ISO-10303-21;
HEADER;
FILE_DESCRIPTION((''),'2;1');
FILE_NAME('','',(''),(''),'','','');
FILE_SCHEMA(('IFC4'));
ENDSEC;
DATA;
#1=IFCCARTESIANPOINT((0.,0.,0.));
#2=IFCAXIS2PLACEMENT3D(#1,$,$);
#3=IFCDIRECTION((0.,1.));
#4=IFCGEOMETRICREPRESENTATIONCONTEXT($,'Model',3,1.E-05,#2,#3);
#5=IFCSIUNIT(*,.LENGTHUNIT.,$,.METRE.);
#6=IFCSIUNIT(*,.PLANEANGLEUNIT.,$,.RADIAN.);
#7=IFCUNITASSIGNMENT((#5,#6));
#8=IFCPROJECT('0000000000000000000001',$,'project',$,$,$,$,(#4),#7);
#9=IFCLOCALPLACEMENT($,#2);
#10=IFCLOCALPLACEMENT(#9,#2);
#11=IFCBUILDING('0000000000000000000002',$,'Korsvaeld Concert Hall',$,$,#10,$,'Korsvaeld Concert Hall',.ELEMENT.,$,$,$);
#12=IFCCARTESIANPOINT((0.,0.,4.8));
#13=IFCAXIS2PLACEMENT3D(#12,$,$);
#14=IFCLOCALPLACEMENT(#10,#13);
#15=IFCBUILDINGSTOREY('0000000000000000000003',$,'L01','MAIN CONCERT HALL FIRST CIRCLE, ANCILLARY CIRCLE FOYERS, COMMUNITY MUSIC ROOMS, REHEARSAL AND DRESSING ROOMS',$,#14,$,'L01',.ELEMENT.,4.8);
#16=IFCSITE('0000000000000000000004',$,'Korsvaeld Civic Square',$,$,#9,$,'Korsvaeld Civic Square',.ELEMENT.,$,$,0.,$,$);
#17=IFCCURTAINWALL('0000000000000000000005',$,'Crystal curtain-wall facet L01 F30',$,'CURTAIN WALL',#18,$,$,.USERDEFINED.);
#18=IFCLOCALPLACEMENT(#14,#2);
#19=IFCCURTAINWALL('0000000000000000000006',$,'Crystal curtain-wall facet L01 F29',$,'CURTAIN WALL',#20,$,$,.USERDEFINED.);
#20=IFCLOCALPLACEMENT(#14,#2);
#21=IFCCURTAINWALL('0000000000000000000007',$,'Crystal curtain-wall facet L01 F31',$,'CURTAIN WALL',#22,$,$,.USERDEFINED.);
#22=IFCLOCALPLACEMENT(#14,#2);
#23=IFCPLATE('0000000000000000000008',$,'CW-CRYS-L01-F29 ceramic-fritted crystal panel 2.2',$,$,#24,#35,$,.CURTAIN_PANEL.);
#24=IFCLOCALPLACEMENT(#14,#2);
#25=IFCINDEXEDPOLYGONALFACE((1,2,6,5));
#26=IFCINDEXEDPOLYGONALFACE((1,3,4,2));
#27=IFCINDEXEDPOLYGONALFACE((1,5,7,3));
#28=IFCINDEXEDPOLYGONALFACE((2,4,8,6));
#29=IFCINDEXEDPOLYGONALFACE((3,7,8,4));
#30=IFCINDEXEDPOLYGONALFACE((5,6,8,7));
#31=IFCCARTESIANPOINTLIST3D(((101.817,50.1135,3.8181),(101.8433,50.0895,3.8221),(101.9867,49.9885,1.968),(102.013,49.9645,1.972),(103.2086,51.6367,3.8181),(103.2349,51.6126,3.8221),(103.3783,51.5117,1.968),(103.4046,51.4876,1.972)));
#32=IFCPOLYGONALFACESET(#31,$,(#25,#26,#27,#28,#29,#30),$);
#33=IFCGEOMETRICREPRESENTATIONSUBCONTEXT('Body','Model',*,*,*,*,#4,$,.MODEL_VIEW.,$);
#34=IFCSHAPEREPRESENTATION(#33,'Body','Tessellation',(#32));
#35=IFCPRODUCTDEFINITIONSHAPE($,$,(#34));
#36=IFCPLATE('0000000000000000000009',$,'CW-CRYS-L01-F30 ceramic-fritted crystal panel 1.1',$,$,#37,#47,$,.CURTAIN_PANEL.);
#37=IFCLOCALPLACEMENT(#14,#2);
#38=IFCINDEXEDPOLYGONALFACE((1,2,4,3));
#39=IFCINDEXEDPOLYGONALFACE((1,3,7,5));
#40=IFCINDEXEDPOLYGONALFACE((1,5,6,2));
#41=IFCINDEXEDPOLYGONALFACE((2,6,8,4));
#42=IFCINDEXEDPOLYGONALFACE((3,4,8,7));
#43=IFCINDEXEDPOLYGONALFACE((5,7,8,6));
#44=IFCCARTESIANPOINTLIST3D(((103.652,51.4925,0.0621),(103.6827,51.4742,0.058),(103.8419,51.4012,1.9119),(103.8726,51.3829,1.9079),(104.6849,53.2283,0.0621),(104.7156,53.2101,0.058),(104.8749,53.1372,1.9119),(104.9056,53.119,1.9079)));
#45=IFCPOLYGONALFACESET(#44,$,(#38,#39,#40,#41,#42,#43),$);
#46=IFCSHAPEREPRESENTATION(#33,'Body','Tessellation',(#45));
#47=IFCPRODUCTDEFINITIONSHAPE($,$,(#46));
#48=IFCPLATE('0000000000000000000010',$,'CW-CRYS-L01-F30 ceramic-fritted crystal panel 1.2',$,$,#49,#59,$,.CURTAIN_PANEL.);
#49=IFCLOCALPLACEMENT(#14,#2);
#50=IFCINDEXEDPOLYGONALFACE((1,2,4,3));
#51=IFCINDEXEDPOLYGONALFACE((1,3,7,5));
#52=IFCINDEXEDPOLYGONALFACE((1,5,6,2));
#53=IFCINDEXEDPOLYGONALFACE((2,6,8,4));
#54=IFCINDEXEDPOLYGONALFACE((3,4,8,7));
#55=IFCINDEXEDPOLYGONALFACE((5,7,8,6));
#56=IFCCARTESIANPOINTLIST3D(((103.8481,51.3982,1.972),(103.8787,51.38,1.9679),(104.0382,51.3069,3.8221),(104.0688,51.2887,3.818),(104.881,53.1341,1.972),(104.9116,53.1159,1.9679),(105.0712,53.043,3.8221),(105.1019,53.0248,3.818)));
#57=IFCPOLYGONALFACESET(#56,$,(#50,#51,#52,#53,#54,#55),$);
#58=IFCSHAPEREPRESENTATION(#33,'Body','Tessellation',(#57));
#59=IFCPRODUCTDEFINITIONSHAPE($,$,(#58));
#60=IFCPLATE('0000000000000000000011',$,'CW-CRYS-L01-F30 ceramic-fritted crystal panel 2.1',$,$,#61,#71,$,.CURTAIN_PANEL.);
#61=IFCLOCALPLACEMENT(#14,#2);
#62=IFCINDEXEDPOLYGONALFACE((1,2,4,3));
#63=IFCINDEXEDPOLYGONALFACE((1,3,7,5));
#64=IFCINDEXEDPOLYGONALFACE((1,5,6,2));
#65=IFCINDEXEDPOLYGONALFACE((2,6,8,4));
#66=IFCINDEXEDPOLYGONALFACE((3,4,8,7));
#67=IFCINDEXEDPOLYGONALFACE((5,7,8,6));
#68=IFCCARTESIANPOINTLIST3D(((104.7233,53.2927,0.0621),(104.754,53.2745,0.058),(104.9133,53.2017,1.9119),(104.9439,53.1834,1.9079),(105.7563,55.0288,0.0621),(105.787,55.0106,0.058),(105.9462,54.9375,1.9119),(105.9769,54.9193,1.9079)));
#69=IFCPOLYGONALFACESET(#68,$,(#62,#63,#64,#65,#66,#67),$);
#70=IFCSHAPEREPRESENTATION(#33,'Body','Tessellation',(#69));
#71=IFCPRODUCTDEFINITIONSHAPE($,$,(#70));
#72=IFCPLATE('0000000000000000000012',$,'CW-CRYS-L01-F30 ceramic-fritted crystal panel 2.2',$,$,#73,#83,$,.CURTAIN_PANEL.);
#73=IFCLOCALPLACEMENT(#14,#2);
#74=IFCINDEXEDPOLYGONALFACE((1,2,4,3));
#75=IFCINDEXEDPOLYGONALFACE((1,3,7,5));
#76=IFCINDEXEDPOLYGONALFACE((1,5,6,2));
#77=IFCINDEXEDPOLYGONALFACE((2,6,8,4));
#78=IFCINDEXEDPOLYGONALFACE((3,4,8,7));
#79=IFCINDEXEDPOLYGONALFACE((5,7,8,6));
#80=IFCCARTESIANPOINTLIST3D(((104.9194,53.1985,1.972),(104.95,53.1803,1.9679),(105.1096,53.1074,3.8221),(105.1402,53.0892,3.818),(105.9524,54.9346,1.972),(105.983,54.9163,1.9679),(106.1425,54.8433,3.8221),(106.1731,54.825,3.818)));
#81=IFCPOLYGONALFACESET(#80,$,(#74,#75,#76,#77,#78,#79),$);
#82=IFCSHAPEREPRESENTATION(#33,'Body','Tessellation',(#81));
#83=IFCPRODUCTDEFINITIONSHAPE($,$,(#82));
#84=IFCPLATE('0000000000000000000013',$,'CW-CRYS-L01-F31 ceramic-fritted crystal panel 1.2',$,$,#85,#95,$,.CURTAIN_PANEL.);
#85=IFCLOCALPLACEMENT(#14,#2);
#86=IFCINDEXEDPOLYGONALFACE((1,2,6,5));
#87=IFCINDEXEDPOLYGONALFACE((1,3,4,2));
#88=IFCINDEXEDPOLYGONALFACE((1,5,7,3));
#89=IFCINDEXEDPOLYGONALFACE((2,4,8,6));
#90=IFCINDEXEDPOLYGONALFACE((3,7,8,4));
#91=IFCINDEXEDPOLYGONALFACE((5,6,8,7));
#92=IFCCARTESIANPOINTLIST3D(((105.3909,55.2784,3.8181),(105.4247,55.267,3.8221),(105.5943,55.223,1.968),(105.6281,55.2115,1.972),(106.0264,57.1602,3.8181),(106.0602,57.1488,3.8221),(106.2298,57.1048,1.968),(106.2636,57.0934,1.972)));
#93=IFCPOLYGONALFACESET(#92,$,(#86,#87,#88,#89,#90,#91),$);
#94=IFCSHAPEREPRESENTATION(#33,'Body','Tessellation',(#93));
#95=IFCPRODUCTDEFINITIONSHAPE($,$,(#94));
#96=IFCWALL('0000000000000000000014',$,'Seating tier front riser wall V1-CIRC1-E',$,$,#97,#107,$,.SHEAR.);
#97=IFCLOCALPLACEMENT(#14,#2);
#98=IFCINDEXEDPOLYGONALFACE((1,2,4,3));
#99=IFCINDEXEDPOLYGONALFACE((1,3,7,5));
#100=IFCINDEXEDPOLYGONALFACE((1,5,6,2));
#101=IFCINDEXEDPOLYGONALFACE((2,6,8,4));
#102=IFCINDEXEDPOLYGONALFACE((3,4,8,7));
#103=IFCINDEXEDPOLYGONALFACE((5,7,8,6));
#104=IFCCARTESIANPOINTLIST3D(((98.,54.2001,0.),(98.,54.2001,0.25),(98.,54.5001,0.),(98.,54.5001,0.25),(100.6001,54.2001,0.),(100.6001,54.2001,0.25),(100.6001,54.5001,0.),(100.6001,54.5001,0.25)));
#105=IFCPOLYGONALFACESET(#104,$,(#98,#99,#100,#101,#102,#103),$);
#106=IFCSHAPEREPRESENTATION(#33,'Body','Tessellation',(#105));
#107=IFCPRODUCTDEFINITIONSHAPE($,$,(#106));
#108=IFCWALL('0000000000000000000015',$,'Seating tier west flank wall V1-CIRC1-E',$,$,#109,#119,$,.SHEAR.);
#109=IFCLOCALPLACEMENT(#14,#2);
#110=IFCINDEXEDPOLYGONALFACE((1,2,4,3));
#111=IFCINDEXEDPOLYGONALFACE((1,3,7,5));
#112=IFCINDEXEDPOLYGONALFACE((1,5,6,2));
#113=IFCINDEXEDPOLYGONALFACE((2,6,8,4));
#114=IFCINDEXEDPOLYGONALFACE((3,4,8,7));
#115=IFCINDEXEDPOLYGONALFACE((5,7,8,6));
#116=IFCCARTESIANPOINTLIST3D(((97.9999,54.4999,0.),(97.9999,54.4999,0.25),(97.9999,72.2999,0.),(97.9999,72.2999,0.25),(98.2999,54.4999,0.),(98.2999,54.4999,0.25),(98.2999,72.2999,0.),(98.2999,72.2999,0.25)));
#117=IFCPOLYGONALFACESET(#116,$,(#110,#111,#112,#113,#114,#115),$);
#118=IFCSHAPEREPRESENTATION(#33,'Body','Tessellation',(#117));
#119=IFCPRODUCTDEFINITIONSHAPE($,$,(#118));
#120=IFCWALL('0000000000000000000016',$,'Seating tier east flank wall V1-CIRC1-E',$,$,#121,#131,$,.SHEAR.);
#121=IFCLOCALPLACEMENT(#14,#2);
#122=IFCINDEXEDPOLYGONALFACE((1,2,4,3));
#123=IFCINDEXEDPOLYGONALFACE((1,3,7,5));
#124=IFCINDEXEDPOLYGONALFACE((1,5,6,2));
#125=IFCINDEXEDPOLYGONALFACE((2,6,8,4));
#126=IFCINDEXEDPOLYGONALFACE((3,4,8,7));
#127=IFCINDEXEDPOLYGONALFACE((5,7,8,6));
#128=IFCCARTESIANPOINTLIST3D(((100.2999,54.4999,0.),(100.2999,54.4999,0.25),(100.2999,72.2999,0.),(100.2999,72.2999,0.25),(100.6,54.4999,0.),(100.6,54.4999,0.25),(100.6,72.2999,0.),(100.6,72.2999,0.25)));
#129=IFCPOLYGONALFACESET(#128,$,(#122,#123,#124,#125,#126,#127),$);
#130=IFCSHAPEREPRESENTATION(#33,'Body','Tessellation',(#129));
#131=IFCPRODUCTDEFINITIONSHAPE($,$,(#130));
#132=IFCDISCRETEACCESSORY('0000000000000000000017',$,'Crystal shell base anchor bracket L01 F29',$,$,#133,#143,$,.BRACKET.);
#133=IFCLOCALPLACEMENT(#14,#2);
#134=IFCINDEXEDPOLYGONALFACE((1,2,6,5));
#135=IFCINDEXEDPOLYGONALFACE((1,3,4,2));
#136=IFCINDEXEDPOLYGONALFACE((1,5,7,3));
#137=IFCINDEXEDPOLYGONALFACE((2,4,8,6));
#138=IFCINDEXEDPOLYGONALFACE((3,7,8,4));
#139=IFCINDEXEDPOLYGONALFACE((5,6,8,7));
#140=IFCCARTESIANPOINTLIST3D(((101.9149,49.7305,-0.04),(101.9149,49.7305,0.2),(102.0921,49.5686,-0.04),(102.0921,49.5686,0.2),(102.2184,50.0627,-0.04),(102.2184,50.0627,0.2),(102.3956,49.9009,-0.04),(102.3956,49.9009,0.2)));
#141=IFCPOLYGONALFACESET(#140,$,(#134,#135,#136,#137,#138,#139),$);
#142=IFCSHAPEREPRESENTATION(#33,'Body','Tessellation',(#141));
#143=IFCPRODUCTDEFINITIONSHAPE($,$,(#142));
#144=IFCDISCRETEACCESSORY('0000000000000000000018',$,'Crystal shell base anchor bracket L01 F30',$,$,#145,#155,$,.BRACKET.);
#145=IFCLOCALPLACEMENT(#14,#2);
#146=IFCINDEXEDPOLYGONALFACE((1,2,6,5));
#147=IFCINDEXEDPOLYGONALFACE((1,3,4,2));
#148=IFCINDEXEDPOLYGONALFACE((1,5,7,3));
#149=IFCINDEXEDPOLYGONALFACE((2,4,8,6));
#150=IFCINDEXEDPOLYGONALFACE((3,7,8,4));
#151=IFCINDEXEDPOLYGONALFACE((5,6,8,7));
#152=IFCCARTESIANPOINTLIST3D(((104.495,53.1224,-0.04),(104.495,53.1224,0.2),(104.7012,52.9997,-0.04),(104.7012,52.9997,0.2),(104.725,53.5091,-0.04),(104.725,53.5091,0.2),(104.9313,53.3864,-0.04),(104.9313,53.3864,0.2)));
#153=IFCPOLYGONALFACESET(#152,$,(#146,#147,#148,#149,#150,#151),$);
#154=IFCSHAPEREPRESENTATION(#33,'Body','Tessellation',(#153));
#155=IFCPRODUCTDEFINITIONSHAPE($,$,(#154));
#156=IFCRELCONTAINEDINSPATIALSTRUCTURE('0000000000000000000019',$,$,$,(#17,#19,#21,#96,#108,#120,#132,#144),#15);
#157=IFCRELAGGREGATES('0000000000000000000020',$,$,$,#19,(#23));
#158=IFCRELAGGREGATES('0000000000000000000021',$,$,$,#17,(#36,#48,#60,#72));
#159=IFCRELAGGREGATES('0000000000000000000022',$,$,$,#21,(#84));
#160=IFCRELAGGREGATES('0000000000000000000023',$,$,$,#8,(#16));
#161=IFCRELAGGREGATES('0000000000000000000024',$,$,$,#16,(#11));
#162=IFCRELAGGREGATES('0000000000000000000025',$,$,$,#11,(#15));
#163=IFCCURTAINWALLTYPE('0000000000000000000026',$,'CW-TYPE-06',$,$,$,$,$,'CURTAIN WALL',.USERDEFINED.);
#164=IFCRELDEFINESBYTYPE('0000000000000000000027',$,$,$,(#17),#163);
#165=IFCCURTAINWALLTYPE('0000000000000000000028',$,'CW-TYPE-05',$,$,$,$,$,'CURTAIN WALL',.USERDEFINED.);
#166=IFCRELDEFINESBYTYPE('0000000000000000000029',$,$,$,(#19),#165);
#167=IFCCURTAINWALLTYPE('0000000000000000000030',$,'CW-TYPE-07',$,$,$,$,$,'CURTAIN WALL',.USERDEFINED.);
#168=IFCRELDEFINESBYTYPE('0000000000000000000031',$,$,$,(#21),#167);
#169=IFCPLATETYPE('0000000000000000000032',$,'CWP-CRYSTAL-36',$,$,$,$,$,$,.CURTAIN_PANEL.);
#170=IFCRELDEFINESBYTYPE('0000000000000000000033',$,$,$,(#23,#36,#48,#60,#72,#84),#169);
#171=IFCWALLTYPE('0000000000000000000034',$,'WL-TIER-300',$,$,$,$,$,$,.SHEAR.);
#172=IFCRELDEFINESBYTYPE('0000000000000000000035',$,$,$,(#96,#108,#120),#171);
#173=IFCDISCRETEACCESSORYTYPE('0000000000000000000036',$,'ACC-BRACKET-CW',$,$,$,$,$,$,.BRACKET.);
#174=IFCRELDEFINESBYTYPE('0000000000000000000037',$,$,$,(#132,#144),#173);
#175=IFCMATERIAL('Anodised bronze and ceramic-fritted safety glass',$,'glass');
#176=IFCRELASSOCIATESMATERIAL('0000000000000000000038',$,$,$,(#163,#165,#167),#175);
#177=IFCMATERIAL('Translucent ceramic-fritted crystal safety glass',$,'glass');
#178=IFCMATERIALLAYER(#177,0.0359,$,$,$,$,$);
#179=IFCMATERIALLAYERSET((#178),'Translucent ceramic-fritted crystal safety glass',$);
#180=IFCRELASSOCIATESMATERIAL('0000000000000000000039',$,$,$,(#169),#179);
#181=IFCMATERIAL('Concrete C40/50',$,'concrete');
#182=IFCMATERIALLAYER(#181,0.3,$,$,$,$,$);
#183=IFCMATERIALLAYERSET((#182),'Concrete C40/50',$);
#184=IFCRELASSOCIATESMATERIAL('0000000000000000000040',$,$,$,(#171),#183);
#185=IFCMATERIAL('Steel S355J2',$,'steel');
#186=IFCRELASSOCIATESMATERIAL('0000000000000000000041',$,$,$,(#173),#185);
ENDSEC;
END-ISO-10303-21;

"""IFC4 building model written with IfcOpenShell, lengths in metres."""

from ifc_helpers import new_model, si_unit, direction, frame, frame_2d, origin, origin_2d, place, context, subcontext, project, spatial, polyline, rectangle, outline, extrude, material, layer, layer_set, type_object, element, aggregate, save


model = new_model("IFC4")

# Units and contexts
model_context = context("Model", 3, precision=1e-05, world=origin(), true_north=direction((0.0, 1.0)))
body_context = subcontext(model_context, "Body", "Model", "MODEL_VIEW")
ifc_project = project(units=[si_unit("LENGTHUNIT", "METRE"), si_unit("PLANEANGLEUNIT", "RADIAN")], contexts=[model_context])

# Site, building, storey
site_placement = place(None, origin())
site = spatial("IfcSite", under=ifc_project, at=site_placement, Name="Korsvaeld Civic Square", LongName="Korsvaeld Civic Square", CompositionType="ELEMENT", RefElevation=0.0)
building_placement = place(site_placement, origin())
building = spatial("IfcBuilding", under=site, at=building_placement, Name="Korsvaeld Concert Hall", LongName="Korsvaeld Concert Hall", CompositionType="ELEMENT")
storey_placement = place(building_placement, frame((0.0, 0.0, 4.8)))
storey = spatial("IfcBuildingStorey", under=building, at=storey_placement, Name="L01", Description="MAIN CONCERT HALL FIRST CIRCLE, ANCILLARY CIRCLE FOYERS, COMMUNITY MUSIC ROOMS, REHEARSAL AND DRESSING ROOMS", LongName="L01", CompositionType="ELEMENT", Elevation=4.8)

# Shared definitions
ifc_material_1 = material(Name="Concrete C40/50", Category="concrete")

# Curtain walls
ifc_material_2 = material(Name="Anodised bronze and ceramic-fritted safety glass", Category="glass")
curtain_wall_type_1 = type_object("IfcCurtainWallType", Name="CW-TYPE-06", ElementType="CURTAIN WALL", PredefinedType="USERDEFINED", material=ifc_material_2)
curtain_wall_1_placement = place(storey_placement, origin())
curtain_wall_1 = element("IfcCurtainWall", 1, at=curtain_wall_1_placement, inside=storey, type_object=curtain_wall_type_1, Name="Crystal curtain-wall facet L01 F30", ObjectType="CURTAIN WALL", PredefinedType="USERDEFINED")
curtain_wall_type_2 = type_object("IfcCurtainWallType", Name="CW-TYPE-05", ElementType="CURTAIN WALL", PredefinedType="USERDEFINED", material=ifc_material_2)
curtain_wall_2_placement = place(storey_placement, origin())
curtain_wall_2 = element("IfcCurtainWall", 2, at=curtain_wall_2_placement, inside=storey, type_object=curtain_wall_type_2, Name="Crystal curtain-wall facet L01 F29", ObjectType="CURTAIN WALL", PredefinedType="USERDEFINED")

# Curtain wall
curtain_wall_type_3 = type_object("IfcCurtainWallType", Name="CW-TYPE-07", ElementType="CURTAIN WALL", PredefinedType="USERDEFINED", material=ifc_material_2)
curtain_wall_3_placement = place(storey_placement, origin())
curtain_wall_3 = element("IfcCurtainWall", 3, at=curtain_wall_3_placement, inside=storey, type_object=curtain_wall_type_3, Name="Crystal curtain-wall facet L01 F31", ObjectType="CURTAIN WALL", PredefinedType="USERDEFINED")

# Plates
ifc_material_3 = material(Name="Translucent ceramic-fritted crystal safety glass", Category="glass")
ifc_layer_1 = layer(ifc_material_3, 0.0359)
ifc_layer_set_1 = layer_set([ifc_layer_1], Name="Translucent ceramic-fritted crystal safety glass")
plate_type = type_object("IfcPlateType", Name="CWP-CRYSTAL-36", PredefinedType="CURTAIN_PANEL", material=ifc_layer_set_1)
plate_1_placement = place(storey_placement, frame((101.9998, 49.9766, 1.97), z_axis=(0.733586, -0.67021, 0.112561), x_axis=(0.674497, 0.738278, 0.0)))
plate_1 = element("IfcPlate", 4, at=plate_1_placement, type_object=plate_type, Name="CW-CRYS-L01-F29 ceramic-fritted crystal panel 2.2", PredefinedType="CURTAIN_PANEL", context=body_context, shape_type="SweptSolid", body=[
    extrude(outline(polyline([(0.0, 0.0), (2.0632, 0.0), (2.041, 1.8619), (-0.0222, 1.8619), (0.0, 0.0)])), frame((0.0, 0.0, 0.0181)), (0.0, 0.0, -1.0), 0.0359),
])
aggregate(curtain_wall_2, [plate_1])
plate_2_placement = place(storey_placement, frame((103.6672, 51.4834, 0.0601), z_axis=(0.853892, -0.508096, -0.112723), x_axis=(0.511356, 0.859369, 0.000003)))
plate_2 = element("IfcPlate", 5, at=plate_2_placement, type_object=plate_type, Name="CW-CRYS-L01-F30 ceramic-fritted crystal panel 1.1", PredefinedType="CURTAIN_PANEL", context=body_context, shape_type="SweptSolid", body=[
    extrude(outline(polyline([(0.0, 0.0), (2.0199, 0.0), (2.0388, 1.8617), (0.0187, 1.8617), (0.0, 0.0)])), frame((0.0, 0.0, 0.0181)), (0.0, 0.0, -1.0), 0.0359),
])
plate_3_placement = place(storey_placement, frame((103.8633, 51.3892, 1.97), z_axis=(0.853883, -0.508091, -0.11282), x_axis=(0.511356, 0.859369, 0.000003)))
plate_3 = element("IfcPlate", 6, at=plate_3_placement, type_object=plate_type, Name="CW-CRYS-L01-F30 ceramic-fritted crystal panel 1.2", PredefinedType="CURTAIN_PANEL", context=body_context, shape_type="SweptSolid", body=[
    extrude(outline(polyline([(0.0, 0.0), (2.0199, 0.0), (2.0389, 1.862), (0.0188, 1.862), (0.0, 0.0)])), frame((0.0, 0.0, 0.0181)), (0.0, 0.0, -1.0), 0.0359),
])
plate_4_placement = place(storey_placement, frame((104.7385, 53.2837, 0.0601), z_axis=(0.853892, -0.508096, -0.112723), x_axis=(0.511355, 0.85937, -0.000003)))
plate_4 = element("IfcPlate", 7, at=plate_4_placement, type_object=plate_type, Name="CW-CRYS-L01-F30 ceramic-fritted crystal panel 2.1", PredefinedType="CURTAIN_PANEL", context=body_context, shape_type="SweptSolid", body=[
    extrude(outline(polyline([(0.0, 0.0), (2.0201, 0.0), (2.0388, 1.8617), (0.0189, 1.8617), (0.0, 0.0)])), frame((0.0, 0.0, 0.0181)), (0.0, 0.0, -1.0), 0.0359),
])
plate_5_placement = place(storey_placement, frame((104.9346, 53.1895, 1.97), z_axis=(0.853883, -0.508091, -0.11282), x_axis=(0.511355, 0.85937, -0.000003)))
plate_5 = element("IfcPlate", 8, at=plate_5_placement, type_object=plate_type, Name="CW-CRYS-L01-F30 ceramic-fritted crystal panel 2.2", PredefinedType="CURTAIN_PANEL", context=body_context, shape_type="SweptSolid", body=[
    extrude(outline(polyline([(0.0, 0.0), (2.0201, 0.0), (2.0389, 1.862), (0.019, 1.862), (0.0, 0.0)])), frame((0.0, 0.0, 0.0181)), (0.0, 0.0, -1.0), 0.0359),
])
aggregate(curtain_wall_1, [plate_2, plate_3, plate_4, plate_5])
plate_6_placement = place(storey_placement, frame((105.6111, 55.2173, 1.97), z_axis=(0.941366, -0.3179, 0.113001), x_axis=(0.31995, 0.947435, 0.0)))
plate_6 = element("IfcPlate", 9, at=plate_6_placement, type_object=plate_type, Name="CW-CRYS-L01-F31 ceramic-fritted crystal panel 1.2", PredefinedType="CURTAIN_PANEL", context=body_context, shape_type="SweptSolid", body=[
    extrude(outline(polyline([(0.0, 0.0), (1.9862, 0.0), (1.9737, 1.862), (-0.0126, 1.862), (0.0, 0.0)])), frame((0.0, 0.0, 0.0181)), (0.0, 0.0, -1.0), 0.0359),
])
aggregate(curtain_wall_3, [plate_6])

# Walls
ifc_layer_2 = layer(ifc_material_1, 0.3)
ifc_layer_set_2 = layer_set([ifc_layer_2], Name="Concrete C40/50")
wall_type = type_object("IfcWallType", Name="WL-TIER-300", PredefinedType="SHEAR", material=ifc_layer_set_2)
wall_placement = place(storey_placement, frame((98.0, 54.3501, 0.0), z_axis=(0.0, 0.0, 1.0), x_axis=(1.0, 0.0, 0.0)))
element("IfcWall", 10, at=wall_placement, inside=storey, type_object=wall_type, Name="Seating tier front riser wall V1-CIRC1-E", PredefinedType="SHEAR", context=body_context, shape_type="SweptSolid", body=[
    extrude(rectangle(XDim=2.6001, YDim=0.3, at=frame_2d((1.3, 0.0))), origin(), (0.0, 0.0, 1.0), 0.25),
])
for number, where, z_axis, x_axis, name in (
    (11, (98.1499, 54.5, 0.0), (0.0, 0.0, 1.0), (0.0, 1.0, 0.0), "Seating tier west flank wall V1-CIRC1-E"),
    (12, (100.45, 54.5, 0.0), (0.0, 0.0, 1.0), (0.0, 1.0, 0.0), "Seating tier east flank wall V1-CIRC1-E"),
):
    element("IfcWall", number, at=place(storey_placement, frame(where, z_axis=z_axis, x_axis=x_axis)), inside=storey, type_object=wall_type, Name=name, PredefinedType="SHEAR", context=body_context, shape_type="SweptSolid", body=[
        extrude(rectangle(XDim=17.8, YDim=0.3, at=frame_2d((8.8999, 0.0))), origin(), (0.0, 0.0, 1.0), 0.25),
    ])

# Discrete accessories
ifc_material_4 = material(Name="Steel S355J2", Category="steel")
discrete_accessory_type = type_object("IfcDiscreteAccessoryType", Name="ACC-BRACKET-CW", PredefinedType="BRACKET", material=ifc_material_4)
for number, where, z_axis, x_axis, name in (
    (13, (102.1553, 49.8157, -0.04), (0.0, 0.0, 1.0), (0.674431, 0.738338, 0.0), "Crystal shell base anchor bracket L01 F29"),
    (14, (104.7131, 53.2544, -0.04), (0.0, 0.0, 1.0), (0.511293, 0.859406, 0.0), "Crystal shell base anchor bracket L01 F30"),
):
    element("IfcDiscreteAccessory", number, at=place(storey_placement, frame(where, z_axis=z_axis, x_axis=x_axis)), inside=storey, type_object=discrete_accessory_type, Name=name, PredefinedType="BRACKET", context=body_context, shape_type="SweptSolid", body=[
        extrude(rectangle(XDim=0.45, YDim=0.24, at=origin_2d()), origin(), (0.0, 0.0, 1.0), 0.24),
    ])

save(model, "model.ifc")
